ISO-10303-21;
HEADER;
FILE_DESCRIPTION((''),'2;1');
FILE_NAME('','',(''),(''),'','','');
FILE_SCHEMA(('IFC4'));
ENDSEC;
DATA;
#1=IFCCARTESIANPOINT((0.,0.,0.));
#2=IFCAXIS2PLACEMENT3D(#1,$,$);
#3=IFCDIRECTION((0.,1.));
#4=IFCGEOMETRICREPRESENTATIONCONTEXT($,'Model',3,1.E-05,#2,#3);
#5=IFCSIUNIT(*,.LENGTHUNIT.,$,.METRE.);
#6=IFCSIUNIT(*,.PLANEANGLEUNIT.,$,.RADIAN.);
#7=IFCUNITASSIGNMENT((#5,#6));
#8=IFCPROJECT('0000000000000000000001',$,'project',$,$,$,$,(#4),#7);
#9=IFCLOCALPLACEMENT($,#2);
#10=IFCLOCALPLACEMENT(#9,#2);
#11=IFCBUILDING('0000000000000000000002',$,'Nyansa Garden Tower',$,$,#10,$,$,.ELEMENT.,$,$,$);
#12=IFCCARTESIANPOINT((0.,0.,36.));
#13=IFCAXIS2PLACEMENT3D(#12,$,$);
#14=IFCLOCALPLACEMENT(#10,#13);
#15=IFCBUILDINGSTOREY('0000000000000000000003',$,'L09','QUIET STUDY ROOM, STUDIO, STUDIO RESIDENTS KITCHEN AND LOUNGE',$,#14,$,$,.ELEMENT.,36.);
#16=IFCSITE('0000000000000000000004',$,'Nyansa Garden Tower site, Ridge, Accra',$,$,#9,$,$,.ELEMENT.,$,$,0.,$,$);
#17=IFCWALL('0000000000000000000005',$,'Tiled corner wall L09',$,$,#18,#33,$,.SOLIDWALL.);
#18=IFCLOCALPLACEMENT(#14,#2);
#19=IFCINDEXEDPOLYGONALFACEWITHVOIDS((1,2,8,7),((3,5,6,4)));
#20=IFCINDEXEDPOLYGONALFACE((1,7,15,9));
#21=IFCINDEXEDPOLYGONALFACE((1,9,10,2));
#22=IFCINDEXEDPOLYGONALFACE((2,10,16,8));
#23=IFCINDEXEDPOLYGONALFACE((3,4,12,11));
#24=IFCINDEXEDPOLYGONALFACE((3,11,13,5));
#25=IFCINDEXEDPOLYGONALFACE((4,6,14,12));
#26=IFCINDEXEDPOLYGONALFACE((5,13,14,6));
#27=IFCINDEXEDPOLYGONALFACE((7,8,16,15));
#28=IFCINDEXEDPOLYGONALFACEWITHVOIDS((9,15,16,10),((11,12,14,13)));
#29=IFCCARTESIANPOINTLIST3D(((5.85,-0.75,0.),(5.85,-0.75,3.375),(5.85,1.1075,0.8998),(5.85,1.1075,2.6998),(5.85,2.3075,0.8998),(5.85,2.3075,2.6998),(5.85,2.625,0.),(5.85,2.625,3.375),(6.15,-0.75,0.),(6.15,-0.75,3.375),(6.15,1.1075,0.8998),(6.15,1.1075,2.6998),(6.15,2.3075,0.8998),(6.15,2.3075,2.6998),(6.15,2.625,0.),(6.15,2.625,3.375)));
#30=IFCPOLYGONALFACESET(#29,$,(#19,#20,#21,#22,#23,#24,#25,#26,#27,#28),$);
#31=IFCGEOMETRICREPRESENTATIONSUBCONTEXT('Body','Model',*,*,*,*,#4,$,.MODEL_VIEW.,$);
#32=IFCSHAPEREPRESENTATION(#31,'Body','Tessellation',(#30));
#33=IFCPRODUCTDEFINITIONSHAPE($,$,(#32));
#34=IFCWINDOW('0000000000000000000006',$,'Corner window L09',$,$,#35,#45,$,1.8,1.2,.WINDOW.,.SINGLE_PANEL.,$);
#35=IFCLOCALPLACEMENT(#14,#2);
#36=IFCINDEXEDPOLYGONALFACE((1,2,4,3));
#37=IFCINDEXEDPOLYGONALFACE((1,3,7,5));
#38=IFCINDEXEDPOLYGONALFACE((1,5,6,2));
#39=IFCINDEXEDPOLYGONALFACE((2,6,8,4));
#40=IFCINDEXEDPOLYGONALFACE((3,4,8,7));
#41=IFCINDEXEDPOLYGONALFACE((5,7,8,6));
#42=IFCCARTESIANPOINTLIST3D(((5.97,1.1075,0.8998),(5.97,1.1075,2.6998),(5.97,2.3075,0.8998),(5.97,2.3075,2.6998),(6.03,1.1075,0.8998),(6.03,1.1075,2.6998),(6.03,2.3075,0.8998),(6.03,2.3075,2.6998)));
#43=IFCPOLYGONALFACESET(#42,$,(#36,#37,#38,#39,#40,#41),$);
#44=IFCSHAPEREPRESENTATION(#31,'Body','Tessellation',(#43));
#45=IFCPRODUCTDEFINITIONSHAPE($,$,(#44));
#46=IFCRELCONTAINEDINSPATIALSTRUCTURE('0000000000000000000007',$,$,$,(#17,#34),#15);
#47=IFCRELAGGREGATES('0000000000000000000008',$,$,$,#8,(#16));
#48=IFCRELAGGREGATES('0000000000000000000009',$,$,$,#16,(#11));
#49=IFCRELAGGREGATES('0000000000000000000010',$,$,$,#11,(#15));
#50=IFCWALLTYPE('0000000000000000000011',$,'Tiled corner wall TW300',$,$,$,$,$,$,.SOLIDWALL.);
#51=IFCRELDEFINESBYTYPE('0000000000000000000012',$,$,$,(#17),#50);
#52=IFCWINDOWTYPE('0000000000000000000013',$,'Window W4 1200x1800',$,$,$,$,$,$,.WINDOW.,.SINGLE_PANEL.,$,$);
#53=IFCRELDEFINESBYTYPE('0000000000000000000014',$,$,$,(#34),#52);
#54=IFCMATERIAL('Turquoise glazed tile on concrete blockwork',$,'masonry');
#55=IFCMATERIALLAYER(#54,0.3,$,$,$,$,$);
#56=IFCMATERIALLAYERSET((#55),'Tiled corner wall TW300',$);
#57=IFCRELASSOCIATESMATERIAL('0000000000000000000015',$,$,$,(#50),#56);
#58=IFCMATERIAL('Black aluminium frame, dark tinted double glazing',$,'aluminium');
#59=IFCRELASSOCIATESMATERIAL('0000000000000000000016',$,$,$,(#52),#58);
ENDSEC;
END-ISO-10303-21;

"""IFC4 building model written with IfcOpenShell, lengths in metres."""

from ifc_helpers import new_model, si_unit, direction, frame, frame_2d, origin, place, context, subcontext, project, spatial, rectangle, extrude, material, layer, layer_set, type_object, element, fill, save


model = new_model("IFC4")

# Units and contexts
model_context = context("Model", 3, precision=1e-05, world=origin(), true_north=direction((0.0, 1.0)))
body_context = subcontext(model_context, "Body", "Model", "MODEL_VIEW")
ifc_project = project(units=[si_unit("LENGTHUNIT", "METRE"), si_unit("PLANEANGLEUNIT", "RADIAN")], contexts=[model_context])

# Site, building, storey
site_placement = place(None, origin())
site = spatial("IfcSite", under=ifc_project, at=site_placement, Name="Nyansa Garden Tower site, Ridge, Accra", CompositionType="ELEMENT", RefElevation=0.0)
building_placement = place(site_placement, origin())
building = spatial("IfcBuilding", under=site, at=building_placement, Name="Nyansa Garden Tower", CompositionType="ELEMENT")
storey_placement = place(building_placement, frame((0.0, 0.0, 36.0)))
storey = spatial("IfcBuildingStorey", under=building, at=storey_placement, Name="L09", Description="QUIET STUDY ROOM, STUDIO, STUDIO RESIDENTS KITCHEN AND LOUNGE", CompositionType="ELEMENT", Elevation=36.0)

# Wall, opening, window
ifc_material_1 = material(Name="Turquoise glazed tile on concrete blockwork", Category="masonry")
ifc_layer_1 = layer(ifc_material_1, 0.3)
ifc_layer_set_1 = layer_set([ifc_layer_1], Name="Tiled corner wall TW300")
wall_type_1 = type_object("IfcWallType", Name="Tiled corner wall TW300", PredefinedType="SOLIDWALL", material=ifc_layer_set_1)
wall_1_placement = place(storey_placement, frame((6.0, 2.625, 0.0), z_axis=(0.0, 0.0, 1.0), x_axis=(0.0, -1.0, 0.0)))
wall_1 = element("IfcWall", 1, at=wall_1_placement, inside=storey, type_object=wall_type_1, Name="Tiled corner wall L09", PredefinedType="SOLIDWALL", context=body_context, shape_type="SweptSolid", body=[
    extrude(rectangle(XDim=3.375, YDim=0.3, at=frame_2d((1.6875, 0.0))), origin(), (0.0, 0.0, 1.0), 3.375),
])
opening_1_placement = place(wall_1_placement, frame((0.3174, 0.0, 0.8999)))
opening_1 = element("IfcOpeningElement", 2, at=opening_1_placement, cuts=wall_1, PredefinedType="OPENING", context=body_context, shape_type="SweptSolid", body=[
    extrude(rectangle(XDim=1.2, YDim=1.8, at=frame_2d((0.6001, 0.8999))), frame((0.0, 0.1599, 0.0), z_axis=(0.0, -1.0, 0.0), x_axis=(1.0, 0.0, 0.0)), (0.0, 0.0, 1.0), 0.3201),
])
ifc_material_2 = material(Name="Black aluminium frame, dark tinted double glazing", Category="aluminium")
window_type_1 = type_object("IfcWindowType", Name="Window W4 1200x1800", PartitioningType="SINGLE_PANEL", PredefinedType="WINDOW", material=ifc_material_2)
window_1_placement = place(opening_1_placement, origin())
window_1 = element("IfcWindow", 3, at=window_1_placement, inside=storey, type_object=window_type_1, Name="Corner window L09", OverallHeight=1.8, OverallWidth=1.2, PartitioningType="SINGLE_PANEL", PredefinedType="WINDOW", context=body_context, shape_type="SweptSolid", body=[
    extrude(rectangle(XDim=1.2, YDim=1.8, at=frame_2d((0.6001, 0.8999))), frame((0.0, 0.03, 0.0), z_axis=(0.0, -1.0, 0.0), x_axis=(1.0, 0.0, 0.0)), (0.0, 0.0, 1.0), 0.0601),
])
fill(opening_1, window_1)

save(model, "model.ifc")
